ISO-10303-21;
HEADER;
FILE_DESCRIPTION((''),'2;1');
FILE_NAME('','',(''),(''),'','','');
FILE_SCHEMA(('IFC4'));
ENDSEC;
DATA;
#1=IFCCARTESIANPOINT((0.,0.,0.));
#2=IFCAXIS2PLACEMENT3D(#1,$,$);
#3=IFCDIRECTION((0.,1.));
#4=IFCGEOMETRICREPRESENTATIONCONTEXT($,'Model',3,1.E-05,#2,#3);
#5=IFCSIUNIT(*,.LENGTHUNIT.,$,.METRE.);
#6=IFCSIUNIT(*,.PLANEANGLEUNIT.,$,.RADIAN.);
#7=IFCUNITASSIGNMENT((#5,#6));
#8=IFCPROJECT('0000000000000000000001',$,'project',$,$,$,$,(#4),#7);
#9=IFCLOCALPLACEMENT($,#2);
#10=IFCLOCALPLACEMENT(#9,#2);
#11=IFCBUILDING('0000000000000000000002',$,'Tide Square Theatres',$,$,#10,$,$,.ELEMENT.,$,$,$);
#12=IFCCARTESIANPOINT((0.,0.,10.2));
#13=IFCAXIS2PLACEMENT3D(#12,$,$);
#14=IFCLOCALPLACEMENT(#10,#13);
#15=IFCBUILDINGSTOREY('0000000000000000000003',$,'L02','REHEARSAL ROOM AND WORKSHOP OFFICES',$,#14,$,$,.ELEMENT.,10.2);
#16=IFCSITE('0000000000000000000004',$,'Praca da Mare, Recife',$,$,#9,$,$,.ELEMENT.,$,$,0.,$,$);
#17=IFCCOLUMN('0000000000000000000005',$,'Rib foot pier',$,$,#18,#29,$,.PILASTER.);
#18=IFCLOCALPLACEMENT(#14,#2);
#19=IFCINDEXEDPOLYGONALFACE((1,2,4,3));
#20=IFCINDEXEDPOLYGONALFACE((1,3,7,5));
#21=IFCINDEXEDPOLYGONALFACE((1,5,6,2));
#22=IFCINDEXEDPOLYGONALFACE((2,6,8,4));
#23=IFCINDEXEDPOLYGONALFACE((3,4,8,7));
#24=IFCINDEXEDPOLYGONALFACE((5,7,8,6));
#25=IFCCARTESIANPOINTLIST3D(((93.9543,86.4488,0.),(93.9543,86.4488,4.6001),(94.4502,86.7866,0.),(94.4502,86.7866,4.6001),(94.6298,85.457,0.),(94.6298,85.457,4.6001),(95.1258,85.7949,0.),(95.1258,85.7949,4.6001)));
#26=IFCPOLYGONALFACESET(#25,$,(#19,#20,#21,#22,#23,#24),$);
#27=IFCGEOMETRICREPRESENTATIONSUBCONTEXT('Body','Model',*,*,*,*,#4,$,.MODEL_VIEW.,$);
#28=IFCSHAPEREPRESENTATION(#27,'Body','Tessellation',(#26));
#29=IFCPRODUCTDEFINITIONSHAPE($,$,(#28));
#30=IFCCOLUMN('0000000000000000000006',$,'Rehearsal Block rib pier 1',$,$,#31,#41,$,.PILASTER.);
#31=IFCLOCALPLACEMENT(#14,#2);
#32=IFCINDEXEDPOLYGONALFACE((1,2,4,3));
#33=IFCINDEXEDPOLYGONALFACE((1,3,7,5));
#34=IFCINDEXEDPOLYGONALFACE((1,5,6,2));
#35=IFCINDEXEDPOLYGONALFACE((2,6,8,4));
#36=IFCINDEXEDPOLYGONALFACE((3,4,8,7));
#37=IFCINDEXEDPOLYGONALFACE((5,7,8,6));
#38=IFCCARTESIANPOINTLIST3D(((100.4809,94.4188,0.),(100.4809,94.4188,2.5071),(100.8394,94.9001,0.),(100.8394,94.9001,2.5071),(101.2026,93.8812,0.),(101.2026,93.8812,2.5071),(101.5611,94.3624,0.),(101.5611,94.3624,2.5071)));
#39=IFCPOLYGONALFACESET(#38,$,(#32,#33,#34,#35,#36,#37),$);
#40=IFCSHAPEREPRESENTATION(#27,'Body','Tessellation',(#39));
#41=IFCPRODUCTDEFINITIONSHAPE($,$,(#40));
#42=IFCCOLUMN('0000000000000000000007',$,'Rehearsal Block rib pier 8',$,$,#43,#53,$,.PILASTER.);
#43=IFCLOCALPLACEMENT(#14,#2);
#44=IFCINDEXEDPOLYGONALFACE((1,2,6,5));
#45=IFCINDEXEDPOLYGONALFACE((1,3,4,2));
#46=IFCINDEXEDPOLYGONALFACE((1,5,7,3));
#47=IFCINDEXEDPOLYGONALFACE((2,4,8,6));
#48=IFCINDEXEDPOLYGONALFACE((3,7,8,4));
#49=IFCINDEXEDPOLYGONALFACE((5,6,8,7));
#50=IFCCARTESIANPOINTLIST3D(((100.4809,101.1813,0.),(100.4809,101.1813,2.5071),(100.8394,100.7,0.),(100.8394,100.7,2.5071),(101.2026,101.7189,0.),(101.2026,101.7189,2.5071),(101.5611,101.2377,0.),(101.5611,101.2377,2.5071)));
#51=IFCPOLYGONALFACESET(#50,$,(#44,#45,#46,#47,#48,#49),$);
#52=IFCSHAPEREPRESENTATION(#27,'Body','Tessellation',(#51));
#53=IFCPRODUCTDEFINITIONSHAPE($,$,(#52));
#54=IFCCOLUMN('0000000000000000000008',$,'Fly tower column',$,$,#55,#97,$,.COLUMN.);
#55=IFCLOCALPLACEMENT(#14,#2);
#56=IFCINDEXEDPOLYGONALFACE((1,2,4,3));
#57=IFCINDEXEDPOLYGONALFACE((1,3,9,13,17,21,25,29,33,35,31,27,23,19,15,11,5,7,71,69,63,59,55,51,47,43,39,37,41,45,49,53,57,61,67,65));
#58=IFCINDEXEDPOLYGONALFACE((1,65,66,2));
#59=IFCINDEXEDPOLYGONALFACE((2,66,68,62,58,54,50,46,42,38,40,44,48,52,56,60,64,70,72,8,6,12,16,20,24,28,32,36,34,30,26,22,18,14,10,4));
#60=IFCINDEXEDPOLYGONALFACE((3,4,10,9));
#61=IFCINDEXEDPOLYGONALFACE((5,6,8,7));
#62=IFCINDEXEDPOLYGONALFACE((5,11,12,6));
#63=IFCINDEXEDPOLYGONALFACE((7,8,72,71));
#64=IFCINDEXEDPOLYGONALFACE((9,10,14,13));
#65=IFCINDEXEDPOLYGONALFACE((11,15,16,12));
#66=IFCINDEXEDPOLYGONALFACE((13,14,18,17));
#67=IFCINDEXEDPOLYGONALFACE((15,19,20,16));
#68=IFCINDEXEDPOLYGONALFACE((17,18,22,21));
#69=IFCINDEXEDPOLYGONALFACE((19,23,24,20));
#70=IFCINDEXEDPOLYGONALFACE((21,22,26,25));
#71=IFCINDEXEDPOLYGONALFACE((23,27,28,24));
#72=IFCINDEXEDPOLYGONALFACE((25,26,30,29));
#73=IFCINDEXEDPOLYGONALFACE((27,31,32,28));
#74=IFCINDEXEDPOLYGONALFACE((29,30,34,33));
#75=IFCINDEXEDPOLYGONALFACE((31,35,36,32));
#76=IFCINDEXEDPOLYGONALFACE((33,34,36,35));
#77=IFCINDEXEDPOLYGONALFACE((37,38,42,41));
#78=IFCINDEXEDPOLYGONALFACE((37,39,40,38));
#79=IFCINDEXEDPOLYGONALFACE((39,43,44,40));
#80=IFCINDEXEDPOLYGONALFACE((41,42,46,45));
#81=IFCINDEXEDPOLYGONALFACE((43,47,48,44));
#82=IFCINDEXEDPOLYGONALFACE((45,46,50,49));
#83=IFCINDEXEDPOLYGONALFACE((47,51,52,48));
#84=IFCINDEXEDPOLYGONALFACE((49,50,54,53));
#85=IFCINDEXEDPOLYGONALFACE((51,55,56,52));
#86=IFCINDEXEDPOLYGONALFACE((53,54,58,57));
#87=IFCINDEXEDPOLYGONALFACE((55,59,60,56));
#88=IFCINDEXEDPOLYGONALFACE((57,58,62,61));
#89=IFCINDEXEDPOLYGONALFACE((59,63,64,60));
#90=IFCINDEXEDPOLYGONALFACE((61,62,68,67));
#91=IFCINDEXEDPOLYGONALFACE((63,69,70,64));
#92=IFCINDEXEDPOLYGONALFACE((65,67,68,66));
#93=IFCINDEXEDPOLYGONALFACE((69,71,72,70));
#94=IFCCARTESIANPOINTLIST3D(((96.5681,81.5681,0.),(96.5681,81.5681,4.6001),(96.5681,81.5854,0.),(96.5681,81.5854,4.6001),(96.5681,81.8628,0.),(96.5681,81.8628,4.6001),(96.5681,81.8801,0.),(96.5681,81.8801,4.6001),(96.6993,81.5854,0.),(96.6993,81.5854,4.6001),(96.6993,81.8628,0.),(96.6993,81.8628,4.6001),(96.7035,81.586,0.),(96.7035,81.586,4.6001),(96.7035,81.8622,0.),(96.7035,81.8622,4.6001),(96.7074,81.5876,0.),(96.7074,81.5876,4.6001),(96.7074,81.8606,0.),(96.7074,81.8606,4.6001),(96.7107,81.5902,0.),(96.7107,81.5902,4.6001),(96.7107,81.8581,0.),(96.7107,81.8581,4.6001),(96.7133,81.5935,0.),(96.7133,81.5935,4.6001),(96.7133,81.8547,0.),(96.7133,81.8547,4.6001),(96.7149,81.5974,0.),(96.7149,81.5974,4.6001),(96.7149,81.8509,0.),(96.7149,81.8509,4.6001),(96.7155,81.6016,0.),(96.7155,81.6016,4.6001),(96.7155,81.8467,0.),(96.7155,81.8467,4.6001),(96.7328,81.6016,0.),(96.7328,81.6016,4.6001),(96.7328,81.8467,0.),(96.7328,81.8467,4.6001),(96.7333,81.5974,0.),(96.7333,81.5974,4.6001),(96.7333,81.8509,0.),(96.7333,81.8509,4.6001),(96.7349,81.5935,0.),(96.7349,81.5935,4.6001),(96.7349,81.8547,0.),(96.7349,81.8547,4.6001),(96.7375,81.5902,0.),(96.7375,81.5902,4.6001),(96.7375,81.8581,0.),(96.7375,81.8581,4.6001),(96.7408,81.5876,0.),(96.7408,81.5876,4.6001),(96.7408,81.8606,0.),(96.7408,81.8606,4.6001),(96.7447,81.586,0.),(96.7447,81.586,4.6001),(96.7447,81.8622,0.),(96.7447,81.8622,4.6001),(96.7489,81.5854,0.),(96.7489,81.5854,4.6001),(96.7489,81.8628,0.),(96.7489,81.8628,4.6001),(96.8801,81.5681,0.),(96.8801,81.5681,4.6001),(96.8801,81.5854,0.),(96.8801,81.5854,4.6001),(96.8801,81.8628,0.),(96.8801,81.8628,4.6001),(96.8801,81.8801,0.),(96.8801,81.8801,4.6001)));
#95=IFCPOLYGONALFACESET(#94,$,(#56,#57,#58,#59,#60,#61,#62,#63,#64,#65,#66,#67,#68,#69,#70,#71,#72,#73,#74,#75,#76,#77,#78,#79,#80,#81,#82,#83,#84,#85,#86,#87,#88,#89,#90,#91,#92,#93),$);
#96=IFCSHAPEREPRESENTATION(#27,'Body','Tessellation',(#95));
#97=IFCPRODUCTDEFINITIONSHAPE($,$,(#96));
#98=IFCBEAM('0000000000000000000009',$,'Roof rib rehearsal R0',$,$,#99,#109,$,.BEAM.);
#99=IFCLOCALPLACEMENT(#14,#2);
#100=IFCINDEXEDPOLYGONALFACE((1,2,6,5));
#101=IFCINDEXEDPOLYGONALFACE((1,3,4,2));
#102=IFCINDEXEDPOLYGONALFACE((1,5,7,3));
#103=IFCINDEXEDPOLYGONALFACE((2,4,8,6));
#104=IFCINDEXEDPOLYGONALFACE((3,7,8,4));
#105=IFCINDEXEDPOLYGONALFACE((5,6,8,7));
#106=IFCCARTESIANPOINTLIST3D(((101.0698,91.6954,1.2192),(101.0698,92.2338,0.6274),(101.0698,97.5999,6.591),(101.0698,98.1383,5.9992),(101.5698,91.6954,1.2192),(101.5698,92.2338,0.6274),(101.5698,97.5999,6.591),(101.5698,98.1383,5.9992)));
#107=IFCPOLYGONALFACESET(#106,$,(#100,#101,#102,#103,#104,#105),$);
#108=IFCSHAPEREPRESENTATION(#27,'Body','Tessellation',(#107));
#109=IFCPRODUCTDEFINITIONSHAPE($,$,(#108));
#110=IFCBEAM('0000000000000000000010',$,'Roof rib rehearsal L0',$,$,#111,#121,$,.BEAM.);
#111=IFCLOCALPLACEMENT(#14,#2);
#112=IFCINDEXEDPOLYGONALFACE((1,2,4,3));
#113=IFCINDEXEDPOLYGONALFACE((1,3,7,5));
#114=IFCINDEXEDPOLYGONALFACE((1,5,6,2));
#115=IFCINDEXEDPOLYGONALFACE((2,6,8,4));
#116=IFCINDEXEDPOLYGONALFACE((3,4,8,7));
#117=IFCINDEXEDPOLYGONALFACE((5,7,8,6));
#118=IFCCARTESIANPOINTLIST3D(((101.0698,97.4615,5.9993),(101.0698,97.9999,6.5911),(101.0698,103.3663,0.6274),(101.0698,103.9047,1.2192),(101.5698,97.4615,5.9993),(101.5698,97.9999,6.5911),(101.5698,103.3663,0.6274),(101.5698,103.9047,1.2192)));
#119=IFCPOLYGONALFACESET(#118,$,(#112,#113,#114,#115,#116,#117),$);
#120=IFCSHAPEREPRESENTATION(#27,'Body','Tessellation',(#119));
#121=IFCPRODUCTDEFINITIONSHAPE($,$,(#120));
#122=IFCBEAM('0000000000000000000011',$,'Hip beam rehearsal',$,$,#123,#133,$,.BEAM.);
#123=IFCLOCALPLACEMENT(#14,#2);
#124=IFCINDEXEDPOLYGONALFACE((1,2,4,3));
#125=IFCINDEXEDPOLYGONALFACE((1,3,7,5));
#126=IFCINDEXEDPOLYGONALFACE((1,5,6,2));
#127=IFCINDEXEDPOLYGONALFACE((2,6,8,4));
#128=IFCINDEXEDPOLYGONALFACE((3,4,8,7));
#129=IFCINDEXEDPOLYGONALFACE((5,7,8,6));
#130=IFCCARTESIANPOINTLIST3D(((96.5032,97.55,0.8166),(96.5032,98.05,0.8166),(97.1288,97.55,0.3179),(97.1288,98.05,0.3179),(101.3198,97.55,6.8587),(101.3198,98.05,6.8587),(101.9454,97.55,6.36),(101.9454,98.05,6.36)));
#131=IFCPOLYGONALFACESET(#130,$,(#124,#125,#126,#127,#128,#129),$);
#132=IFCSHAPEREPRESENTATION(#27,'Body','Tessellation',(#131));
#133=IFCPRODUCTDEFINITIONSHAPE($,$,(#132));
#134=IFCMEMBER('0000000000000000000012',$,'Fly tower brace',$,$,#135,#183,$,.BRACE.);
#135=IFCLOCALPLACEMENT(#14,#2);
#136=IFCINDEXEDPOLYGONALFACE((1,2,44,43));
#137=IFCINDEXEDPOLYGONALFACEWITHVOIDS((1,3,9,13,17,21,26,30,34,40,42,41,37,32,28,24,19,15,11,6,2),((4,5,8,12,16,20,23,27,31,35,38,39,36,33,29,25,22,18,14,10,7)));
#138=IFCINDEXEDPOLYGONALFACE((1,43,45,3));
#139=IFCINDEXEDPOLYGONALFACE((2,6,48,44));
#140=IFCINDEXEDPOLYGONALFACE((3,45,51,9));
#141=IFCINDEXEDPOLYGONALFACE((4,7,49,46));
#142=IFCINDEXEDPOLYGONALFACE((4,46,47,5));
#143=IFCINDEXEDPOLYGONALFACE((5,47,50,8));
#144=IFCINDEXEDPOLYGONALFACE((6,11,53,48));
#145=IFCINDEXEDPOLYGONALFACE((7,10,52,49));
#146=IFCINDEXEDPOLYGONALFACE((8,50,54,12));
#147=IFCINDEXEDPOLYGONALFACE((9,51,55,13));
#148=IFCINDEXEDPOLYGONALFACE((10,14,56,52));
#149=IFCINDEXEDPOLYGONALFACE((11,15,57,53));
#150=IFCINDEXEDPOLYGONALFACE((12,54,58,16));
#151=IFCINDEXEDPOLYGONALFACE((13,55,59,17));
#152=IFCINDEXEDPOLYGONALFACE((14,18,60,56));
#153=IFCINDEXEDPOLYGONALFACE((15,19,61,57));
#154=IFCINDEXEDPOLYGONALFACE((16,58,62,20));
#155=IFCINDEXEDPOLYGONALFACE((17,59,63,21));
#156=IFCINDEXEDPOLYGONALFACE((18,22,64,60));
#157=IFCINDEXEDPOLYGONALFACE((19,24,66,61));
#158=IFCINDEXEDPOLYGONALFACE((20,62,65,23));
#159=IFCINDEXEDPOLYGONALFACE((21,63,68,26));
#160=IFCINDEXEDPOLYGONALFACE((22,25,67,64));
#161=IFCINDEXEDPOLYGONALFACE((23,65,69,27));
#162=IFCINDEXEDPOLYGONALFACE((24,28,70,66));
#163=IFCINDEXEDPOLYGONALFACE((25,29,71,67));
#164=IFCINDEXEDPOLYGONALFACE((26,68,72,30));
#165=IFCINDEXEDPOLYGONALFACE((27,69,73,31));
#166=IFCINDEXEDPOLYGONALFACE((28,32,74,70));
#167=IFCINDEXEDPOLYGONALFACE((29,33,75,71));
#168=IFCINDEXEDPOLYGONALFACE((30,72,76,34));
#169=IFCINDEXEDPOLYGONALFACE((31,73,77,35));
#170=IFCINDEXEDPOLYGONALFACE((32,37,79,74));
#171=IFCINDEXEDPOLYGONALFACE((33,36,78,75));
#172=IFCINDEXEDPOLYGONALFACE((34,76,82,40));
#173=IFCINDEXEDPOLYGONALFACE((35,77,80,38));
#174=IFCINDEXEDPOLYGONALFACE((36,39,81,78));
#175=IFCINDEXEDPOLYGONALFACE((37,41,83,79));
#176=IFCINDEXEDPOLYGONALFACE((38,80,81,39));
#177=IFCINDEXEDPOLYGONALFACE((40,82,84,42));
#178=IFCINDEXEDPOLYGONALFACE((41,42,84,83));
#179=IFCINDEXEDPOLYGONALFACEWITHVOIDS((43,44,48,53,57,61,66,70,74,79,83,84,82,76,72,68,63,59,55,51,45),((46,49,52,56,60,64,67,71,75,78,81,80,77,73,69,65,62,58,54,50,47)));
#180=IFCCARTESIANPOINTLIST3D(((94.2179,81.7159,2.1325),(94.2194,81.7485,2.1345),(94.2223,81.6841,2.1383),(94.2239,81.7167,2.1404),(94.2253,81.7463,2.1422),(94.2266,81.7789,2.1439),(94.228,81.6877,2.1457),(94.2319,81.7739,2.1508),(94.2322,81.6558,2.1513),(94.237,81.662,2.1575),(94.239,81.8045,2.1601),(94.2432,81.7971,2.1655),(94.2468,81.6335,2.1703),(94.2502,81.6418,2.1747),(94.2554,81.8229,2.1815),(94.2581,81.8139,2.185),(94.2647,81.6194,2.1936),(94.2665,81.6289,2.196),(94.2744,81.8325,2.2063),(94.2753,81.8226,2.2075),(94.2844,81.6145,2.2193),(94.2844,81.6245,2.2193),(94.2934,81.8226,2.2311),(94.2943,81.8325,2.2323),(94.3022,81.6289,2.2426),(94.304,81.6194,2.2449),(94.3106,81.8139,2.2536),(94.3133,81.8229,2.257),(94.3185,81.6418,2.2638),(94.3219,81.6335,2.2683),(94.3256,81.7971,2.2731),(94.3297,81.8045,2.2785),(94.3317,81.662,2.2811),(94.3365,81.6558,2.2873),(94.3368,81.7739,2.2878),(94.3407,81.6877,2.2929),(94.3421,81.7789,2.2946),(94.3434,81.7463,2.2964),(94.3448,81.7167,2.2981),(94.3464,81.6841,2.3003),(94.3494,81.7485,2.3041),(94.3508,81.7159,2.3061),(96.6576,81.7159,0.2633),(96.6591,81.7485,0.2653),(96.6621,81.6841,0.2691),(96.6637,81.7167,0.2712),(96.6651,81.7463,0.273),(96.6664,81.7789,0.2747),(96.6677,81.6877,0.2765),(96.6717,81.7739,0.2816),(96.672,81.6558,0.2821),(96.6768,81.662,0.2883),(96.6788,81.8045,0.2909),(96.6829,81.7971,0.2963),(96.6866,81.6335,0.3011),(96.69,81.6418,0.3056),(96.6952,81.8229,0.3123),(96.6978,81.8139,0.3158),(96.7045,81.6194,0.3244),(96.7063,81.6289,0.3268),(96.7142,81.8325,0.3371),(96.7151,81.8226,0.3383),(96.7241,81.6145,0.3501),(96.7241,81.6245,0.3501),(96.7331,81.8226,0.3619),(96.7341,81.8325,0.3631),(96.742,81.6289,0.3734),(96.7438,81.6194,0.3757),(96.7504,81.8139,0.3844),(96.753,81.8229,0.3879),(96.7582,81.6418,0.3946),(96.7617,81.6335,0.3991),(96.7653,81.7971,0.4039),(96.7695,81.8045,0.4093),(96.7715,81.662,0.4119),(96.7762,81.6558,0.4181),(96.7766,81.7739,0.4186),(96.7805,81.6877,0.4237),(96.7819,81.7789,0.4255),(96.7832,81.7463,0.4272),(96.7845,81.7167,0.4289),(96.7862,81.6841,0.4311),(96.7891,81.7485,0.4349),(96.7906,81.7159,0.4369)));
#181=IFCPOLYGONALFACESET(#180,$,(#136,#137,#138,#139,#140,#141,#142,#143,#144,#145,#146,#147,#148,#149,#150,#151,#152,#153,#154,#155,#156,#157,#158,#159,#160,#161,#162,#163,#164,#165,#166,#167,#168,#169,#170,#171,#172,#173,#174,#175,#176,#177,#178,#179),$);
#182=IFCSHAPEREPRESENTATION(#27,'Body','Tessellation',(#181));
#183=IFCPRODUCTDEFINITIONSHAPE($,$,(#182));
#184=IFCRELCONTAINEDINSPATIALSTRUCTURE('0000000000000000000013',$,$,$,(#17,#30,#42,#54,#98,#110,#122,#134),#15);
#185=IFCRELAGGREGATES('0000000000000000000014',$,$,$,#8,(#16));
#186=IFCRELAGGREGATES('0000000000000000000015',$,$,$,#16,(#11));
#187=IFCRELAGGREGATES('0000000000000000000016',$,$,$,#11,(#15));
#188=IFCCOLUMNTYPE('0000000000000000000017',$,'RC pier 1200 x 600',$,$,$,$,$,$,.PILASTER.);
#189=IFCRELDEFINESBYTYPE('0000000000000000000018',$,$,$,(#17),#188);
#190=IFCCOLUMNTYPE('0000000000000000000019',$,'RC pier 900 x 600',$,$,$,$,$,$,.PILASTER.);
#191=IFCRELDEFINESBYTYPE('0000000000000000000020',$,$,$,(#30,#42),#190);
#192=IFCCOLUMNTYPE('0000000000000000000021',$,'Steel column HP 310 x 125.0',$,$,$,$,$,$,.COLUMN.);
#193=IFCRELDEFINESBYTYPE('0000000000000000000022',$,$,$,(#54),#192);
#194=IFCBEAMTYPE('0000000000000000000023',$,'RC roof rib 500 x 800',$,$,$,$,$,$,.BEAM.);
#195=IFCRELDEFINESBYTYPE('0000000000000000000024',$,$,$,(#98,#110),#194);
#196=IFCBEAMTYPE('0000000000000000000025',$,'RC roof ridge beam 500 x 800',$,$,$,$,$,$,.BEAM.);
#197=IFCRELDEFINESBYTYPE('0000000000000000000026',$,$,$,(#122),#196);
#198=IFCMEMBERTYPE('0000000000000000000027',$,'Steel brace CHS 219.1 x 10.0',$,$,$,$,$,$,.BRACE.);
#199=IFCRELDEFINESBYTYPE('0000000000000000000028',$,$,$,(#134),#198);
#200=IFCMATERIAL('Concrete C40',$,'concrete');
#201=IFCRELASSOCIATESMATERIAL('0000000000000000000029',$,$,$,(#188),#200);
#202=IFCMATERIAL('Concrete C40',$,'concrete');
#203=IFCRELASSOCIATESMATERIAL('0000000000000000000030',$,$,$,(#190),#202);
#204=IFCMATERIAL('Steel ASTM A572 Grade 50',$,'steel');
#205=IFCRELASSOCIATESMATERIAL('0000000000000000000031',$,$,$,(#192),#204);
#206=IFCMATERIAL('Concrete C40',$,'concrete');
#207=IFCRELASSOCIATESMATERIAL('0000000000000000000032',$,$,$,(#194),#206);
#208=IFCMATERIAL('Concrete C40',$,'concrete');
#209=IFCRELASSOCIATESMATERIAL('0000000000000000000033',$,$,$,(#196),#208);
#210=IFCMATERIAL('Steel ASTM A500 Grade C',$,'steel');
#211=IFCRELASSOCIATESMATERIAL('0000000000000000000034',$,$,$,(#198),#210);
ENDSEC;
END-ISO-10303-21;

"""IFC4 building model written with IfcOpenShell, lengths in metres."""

from ifc_helpers import new_model, si_unit, direction, frame, origin, origin_2d, place, context, subcontext, project, spatial, rectangle, hollow_circle, i_section, extrude, material, material_profile, profile_set, type_object, element, save


model = new_model("IFC4")

# Units and contexts
model_context = context("Model", 3, precision=1e-05, world=origin(), true_north=direction((0.0, 1.0)))
body_context = subcontext(model_context, "Body", "Model", "MODEL_VIEW")
ifc_project = project(units=[si_unit("LENGTHUNIT", "METRE"), si_unit("PLANEANGLEUNIT", "RADIAN")], contexts=[model_context])

# Site, building, storey
site_placement = place(None, origin())
site = spatial("IfcSite", under=ifc_project, at=site_placement, Name="Praca da Mare, Recife", CompositionType="ELEMENT", RefElevation=0.0)
building_placement = place(site_placement, origin())
building = spatial("IfcBuilding", under=site, at=building_placement, Name="Tide Square Theatres", CompositionType="ELEMENT")
storey_placement = place(building_placement, frame((0.0, 0.0, 10.2)))
storey = spatial("IfcBuildingStorey", under=building, at=storey_placement, Name="L02", Description="REHEARSAL ROOM AND WORKSHOP OFFICES", CompositionType="ELEMENT", Elevation=10.2)

# Columns
ifc_material_1 = material(Name="Concrete C40", Category="concrete")
ifc_material_profile_1 = material_profile(ifc_material_1, rectangle(XDim=1.2, YDim=0.6001, at=origin_2d()))
ifc_profile_set_1 = profile_set([ifc_material_profile_1], Name="Concrete C40")
column_type_1 = type_object("IfcColumnType", Name="RC pier 1200 x 600", PredefinedType="PILASTER", material=ifc_profile_set_1)
column_1_placement = place(storey_placement, frame((94.54, 86.1218, 0.0), z_axis=(0.0, 0.0, 1.0), x_axis=(-0.562978, 0.826472, 0.0)))
element("IfcColumn", 1, at=column_1_placement, inside=storey, type_object=column_type_1, Name="Rib foot pier", PredefinedType="PILASTER", context=body_context, shape_type="SweptSolid", body=[
    extrude(rectangle(XDim=1.2, YDim=0.6001, at=origin_2d()), origin(), (0.0, 0.0, 1.0), 4.6001),
])
ifc_material_2 = material(Name="Concrete C40", Category="concrete")
ifc_material_profile_2 = material_profile(ifc_material_2, rectangle(XDim=0.8999, YDim=0.6001, at=origin_2d()))
ifc_profile_set_2 = profile_set([ifc_material_profile_2], Name="Concrete C40")
column_type_2 = type_object("IfcColumnType", Name="RC pier 900 x 600", PredefinedType="PILASTER", material=ifc_profile_set_2)
for number, where, z_axis, x_axis, name in (
    (2, (101.021, 94.3906, 0.0), (0.0, 0.0, 1.0), (0.801928, -0.597421, 0.0), "Rehearsal Block rib pier 1"),
    (3, (101.021, 101.2095, 0.0), (0.0, 0.0, 1.0), (-0.801928, -0.597421, 0.0), "Rehearsal Block rib pier 8"),
):
    element("IfcColumn", number, at=place(storey_placement, frame(where, z_axis=z_axis, x_axis=x_axis)), inside=storey, type_object=column_type_2, Name=name, PredefinedType="PILASTER", context=body_context, shape_type="SweptSolid", body=[
        extrude(rectangle(XDim=0.8999, YDim=0.6001, at=origin_2d()), origin(), (0.0, 0.0, 1.0), 2.5071),
    ])
ifc_material_3 = material(Name="Steel ASTM A572 Grade 50", Category="steel")
ifc_material_profile_3 = material_profile(ifc_material_3, i_section(OverallWidth=0.312, OverallDepth=0.312, WebThickness=0.0173, FlangeThickness=0.0173, FilletRadius=0.0161, at=origin_2d()))
ifc_profile_set_3 = profile_set([ifc_material_profile_3], Name="Steel ASTM A572 Grade 50")
column_type_3 = type_object("IfcColumnType", Name="Steel column HP 310 x 125.0", PredefinedType="COLUMN", material=ifc_profile_set_3)
column_2_placement = place(storey_placement, frame((96.7241, 81.7241, 0.0), z_axis=(0.0, 0.0, 1.0), x_axis=(1.0, 0.0, 0.0)))
element("IfcColumn", 4, at=column_2_placement, inside=storey, type_object=column_type_3, Name="Fly tower column", PredefinedType="COLUMN", context=body_context, shape_type="SweptSolid", body=[
    extrude(i_section(OverallWidth=0.312, OverallDepth=0.312, WebThickness=0.0173, FlangeThickness=0.0173, FilletRadius=0.0161, at=origin_2d()), origin(), (0.0, 0.0, 1.0), 4.6001),
])

# Beams
ifc_material_4 = material(Name="Concrete C40", Category="concrete")
ifc_material_profile_4 = material_profile(ifc_material_4, rectangle(XDim=0.5, YDim=0.8, at=origin_2d()))
ifc_profile_set_4 = profile_set([ifc_material_profile_4], Name="Concrete C40")
beam_type_1 = type_object("IfcBeamType", Name="RC roof rib 500 x 800", PredefinedType="BEAM", material=ifc_profile_set_4)
beam_1_placement = place(storey_placement, frame((101.3198, 91.9646, 0.9233), z_axis=(0.0, 0.739687, 0.672951), x_axis=(-1.0, 0.0, 0.0)))
element("IfcBeam", 5, at=beam_1_placement, inside=storey, type_object=beam_type_1, Name="Roof rib rehearsal R0", PredefinedType="BEAM", context=body_context, shape_type="SweptSolid", body=[
    extrude(rectangle(XDim=0.5, YDim=0.8, at=origin_2d()), origin(), (0.0, 0.0, 1.0), 7.9824),
])
beam_2_placement = place(storey_placement, frame((101.3198, 103.6355, 0.9233), z_axis=(0.0, -0.739701, 0.672936), x_axis=(1.0, 0.0, 0.0)))
element("IfcBeam", 6, at=beam_2_placement, inside=storey, type_object=beam_type_1, Name="Roof rib rehearsal L0", PredefinedType="BEAM", context=body_context, shape_type="SweptSolid", body=[
    extrude(rectangle(XDim=0.5, YDim=0.8, at=origin_2d()), origin(), (0.0, 0.0, 1.0), 7.9827),
])
ifc_material_5 = material(Name="Concrete C40", Category="concrete")
ifc_material_profile_5 = material_profile(ifc_material_5, rectangle(XDim=0.5, YDim=0.8, at=origin_2d()))
ifc_profile_set_5 = profile_set([ifc_material_profile_5], Name="Concrete C40")
beam_type_2 = type_object("IfcBeamType", Name="RC roof ridge beam 500 x 800", PredefinedType="BEAM", material=ifc_profile_set_5)
beam_3_placement = place(storey_placement, frame((101.6326, 97.8, 6.6094), z_axis=(-0.623342, 0.0, -0.78195), x_axis=(0.0, -1.0, 0.0)))
element("IfcBeam", 7, at=beam_3_placement, inside=storey, type_object=beam_type_2, Name="Hip beam rehearsal", PredefinedType="BEAM", context=body_context, shape_type="SweptSolid", body=[
    extrude(rectangle(XDim=0.5, YDim=0.8, at=origin_2d()), origin(), (0.0, 0.0, 1.0), 7.7271),
])

# Member
ifc_material_6 = material(Name="Steel ASTM A500 Grade C", Category="steel")
ifc_material_profile_6 = material_profile(ifc_material_6, hollow_circle(Radius=0.1096, WallThickness=0.01, at=origin_2d()))
ifc_profile_set_6 = profile_set([ifc_material_profile_6], Name="Steel ASTM A500 Grade C")
member_type = type_object("IfcMemberType", Name="Steel brace CHS 219.1 x 10.0", PredefinedType="BRACE", material=ifc_profile_set_6)
member_1_placement = place(storey_placement, frame((96.7241, 81.7241, 0.3501), z_axis=(-0.79381, 0.0, 0.608166), x_axis=(0.0, -1.0, 0.0)))
element("IfcMember", 8, at=member_1_placement, inside=storey, type_object=member_type, Name="Fly tower brace", PredefinedType="BRACE", context=body_context, shape_type="SweptSolid", body=[
    extrude(hollow_circle(Radius=0.1096, WallThickness=0.01, at=origin_2d()), origin(), (0.0, 0.0, 1.0), 3.0735),
])

save(model, "model.ifc")
